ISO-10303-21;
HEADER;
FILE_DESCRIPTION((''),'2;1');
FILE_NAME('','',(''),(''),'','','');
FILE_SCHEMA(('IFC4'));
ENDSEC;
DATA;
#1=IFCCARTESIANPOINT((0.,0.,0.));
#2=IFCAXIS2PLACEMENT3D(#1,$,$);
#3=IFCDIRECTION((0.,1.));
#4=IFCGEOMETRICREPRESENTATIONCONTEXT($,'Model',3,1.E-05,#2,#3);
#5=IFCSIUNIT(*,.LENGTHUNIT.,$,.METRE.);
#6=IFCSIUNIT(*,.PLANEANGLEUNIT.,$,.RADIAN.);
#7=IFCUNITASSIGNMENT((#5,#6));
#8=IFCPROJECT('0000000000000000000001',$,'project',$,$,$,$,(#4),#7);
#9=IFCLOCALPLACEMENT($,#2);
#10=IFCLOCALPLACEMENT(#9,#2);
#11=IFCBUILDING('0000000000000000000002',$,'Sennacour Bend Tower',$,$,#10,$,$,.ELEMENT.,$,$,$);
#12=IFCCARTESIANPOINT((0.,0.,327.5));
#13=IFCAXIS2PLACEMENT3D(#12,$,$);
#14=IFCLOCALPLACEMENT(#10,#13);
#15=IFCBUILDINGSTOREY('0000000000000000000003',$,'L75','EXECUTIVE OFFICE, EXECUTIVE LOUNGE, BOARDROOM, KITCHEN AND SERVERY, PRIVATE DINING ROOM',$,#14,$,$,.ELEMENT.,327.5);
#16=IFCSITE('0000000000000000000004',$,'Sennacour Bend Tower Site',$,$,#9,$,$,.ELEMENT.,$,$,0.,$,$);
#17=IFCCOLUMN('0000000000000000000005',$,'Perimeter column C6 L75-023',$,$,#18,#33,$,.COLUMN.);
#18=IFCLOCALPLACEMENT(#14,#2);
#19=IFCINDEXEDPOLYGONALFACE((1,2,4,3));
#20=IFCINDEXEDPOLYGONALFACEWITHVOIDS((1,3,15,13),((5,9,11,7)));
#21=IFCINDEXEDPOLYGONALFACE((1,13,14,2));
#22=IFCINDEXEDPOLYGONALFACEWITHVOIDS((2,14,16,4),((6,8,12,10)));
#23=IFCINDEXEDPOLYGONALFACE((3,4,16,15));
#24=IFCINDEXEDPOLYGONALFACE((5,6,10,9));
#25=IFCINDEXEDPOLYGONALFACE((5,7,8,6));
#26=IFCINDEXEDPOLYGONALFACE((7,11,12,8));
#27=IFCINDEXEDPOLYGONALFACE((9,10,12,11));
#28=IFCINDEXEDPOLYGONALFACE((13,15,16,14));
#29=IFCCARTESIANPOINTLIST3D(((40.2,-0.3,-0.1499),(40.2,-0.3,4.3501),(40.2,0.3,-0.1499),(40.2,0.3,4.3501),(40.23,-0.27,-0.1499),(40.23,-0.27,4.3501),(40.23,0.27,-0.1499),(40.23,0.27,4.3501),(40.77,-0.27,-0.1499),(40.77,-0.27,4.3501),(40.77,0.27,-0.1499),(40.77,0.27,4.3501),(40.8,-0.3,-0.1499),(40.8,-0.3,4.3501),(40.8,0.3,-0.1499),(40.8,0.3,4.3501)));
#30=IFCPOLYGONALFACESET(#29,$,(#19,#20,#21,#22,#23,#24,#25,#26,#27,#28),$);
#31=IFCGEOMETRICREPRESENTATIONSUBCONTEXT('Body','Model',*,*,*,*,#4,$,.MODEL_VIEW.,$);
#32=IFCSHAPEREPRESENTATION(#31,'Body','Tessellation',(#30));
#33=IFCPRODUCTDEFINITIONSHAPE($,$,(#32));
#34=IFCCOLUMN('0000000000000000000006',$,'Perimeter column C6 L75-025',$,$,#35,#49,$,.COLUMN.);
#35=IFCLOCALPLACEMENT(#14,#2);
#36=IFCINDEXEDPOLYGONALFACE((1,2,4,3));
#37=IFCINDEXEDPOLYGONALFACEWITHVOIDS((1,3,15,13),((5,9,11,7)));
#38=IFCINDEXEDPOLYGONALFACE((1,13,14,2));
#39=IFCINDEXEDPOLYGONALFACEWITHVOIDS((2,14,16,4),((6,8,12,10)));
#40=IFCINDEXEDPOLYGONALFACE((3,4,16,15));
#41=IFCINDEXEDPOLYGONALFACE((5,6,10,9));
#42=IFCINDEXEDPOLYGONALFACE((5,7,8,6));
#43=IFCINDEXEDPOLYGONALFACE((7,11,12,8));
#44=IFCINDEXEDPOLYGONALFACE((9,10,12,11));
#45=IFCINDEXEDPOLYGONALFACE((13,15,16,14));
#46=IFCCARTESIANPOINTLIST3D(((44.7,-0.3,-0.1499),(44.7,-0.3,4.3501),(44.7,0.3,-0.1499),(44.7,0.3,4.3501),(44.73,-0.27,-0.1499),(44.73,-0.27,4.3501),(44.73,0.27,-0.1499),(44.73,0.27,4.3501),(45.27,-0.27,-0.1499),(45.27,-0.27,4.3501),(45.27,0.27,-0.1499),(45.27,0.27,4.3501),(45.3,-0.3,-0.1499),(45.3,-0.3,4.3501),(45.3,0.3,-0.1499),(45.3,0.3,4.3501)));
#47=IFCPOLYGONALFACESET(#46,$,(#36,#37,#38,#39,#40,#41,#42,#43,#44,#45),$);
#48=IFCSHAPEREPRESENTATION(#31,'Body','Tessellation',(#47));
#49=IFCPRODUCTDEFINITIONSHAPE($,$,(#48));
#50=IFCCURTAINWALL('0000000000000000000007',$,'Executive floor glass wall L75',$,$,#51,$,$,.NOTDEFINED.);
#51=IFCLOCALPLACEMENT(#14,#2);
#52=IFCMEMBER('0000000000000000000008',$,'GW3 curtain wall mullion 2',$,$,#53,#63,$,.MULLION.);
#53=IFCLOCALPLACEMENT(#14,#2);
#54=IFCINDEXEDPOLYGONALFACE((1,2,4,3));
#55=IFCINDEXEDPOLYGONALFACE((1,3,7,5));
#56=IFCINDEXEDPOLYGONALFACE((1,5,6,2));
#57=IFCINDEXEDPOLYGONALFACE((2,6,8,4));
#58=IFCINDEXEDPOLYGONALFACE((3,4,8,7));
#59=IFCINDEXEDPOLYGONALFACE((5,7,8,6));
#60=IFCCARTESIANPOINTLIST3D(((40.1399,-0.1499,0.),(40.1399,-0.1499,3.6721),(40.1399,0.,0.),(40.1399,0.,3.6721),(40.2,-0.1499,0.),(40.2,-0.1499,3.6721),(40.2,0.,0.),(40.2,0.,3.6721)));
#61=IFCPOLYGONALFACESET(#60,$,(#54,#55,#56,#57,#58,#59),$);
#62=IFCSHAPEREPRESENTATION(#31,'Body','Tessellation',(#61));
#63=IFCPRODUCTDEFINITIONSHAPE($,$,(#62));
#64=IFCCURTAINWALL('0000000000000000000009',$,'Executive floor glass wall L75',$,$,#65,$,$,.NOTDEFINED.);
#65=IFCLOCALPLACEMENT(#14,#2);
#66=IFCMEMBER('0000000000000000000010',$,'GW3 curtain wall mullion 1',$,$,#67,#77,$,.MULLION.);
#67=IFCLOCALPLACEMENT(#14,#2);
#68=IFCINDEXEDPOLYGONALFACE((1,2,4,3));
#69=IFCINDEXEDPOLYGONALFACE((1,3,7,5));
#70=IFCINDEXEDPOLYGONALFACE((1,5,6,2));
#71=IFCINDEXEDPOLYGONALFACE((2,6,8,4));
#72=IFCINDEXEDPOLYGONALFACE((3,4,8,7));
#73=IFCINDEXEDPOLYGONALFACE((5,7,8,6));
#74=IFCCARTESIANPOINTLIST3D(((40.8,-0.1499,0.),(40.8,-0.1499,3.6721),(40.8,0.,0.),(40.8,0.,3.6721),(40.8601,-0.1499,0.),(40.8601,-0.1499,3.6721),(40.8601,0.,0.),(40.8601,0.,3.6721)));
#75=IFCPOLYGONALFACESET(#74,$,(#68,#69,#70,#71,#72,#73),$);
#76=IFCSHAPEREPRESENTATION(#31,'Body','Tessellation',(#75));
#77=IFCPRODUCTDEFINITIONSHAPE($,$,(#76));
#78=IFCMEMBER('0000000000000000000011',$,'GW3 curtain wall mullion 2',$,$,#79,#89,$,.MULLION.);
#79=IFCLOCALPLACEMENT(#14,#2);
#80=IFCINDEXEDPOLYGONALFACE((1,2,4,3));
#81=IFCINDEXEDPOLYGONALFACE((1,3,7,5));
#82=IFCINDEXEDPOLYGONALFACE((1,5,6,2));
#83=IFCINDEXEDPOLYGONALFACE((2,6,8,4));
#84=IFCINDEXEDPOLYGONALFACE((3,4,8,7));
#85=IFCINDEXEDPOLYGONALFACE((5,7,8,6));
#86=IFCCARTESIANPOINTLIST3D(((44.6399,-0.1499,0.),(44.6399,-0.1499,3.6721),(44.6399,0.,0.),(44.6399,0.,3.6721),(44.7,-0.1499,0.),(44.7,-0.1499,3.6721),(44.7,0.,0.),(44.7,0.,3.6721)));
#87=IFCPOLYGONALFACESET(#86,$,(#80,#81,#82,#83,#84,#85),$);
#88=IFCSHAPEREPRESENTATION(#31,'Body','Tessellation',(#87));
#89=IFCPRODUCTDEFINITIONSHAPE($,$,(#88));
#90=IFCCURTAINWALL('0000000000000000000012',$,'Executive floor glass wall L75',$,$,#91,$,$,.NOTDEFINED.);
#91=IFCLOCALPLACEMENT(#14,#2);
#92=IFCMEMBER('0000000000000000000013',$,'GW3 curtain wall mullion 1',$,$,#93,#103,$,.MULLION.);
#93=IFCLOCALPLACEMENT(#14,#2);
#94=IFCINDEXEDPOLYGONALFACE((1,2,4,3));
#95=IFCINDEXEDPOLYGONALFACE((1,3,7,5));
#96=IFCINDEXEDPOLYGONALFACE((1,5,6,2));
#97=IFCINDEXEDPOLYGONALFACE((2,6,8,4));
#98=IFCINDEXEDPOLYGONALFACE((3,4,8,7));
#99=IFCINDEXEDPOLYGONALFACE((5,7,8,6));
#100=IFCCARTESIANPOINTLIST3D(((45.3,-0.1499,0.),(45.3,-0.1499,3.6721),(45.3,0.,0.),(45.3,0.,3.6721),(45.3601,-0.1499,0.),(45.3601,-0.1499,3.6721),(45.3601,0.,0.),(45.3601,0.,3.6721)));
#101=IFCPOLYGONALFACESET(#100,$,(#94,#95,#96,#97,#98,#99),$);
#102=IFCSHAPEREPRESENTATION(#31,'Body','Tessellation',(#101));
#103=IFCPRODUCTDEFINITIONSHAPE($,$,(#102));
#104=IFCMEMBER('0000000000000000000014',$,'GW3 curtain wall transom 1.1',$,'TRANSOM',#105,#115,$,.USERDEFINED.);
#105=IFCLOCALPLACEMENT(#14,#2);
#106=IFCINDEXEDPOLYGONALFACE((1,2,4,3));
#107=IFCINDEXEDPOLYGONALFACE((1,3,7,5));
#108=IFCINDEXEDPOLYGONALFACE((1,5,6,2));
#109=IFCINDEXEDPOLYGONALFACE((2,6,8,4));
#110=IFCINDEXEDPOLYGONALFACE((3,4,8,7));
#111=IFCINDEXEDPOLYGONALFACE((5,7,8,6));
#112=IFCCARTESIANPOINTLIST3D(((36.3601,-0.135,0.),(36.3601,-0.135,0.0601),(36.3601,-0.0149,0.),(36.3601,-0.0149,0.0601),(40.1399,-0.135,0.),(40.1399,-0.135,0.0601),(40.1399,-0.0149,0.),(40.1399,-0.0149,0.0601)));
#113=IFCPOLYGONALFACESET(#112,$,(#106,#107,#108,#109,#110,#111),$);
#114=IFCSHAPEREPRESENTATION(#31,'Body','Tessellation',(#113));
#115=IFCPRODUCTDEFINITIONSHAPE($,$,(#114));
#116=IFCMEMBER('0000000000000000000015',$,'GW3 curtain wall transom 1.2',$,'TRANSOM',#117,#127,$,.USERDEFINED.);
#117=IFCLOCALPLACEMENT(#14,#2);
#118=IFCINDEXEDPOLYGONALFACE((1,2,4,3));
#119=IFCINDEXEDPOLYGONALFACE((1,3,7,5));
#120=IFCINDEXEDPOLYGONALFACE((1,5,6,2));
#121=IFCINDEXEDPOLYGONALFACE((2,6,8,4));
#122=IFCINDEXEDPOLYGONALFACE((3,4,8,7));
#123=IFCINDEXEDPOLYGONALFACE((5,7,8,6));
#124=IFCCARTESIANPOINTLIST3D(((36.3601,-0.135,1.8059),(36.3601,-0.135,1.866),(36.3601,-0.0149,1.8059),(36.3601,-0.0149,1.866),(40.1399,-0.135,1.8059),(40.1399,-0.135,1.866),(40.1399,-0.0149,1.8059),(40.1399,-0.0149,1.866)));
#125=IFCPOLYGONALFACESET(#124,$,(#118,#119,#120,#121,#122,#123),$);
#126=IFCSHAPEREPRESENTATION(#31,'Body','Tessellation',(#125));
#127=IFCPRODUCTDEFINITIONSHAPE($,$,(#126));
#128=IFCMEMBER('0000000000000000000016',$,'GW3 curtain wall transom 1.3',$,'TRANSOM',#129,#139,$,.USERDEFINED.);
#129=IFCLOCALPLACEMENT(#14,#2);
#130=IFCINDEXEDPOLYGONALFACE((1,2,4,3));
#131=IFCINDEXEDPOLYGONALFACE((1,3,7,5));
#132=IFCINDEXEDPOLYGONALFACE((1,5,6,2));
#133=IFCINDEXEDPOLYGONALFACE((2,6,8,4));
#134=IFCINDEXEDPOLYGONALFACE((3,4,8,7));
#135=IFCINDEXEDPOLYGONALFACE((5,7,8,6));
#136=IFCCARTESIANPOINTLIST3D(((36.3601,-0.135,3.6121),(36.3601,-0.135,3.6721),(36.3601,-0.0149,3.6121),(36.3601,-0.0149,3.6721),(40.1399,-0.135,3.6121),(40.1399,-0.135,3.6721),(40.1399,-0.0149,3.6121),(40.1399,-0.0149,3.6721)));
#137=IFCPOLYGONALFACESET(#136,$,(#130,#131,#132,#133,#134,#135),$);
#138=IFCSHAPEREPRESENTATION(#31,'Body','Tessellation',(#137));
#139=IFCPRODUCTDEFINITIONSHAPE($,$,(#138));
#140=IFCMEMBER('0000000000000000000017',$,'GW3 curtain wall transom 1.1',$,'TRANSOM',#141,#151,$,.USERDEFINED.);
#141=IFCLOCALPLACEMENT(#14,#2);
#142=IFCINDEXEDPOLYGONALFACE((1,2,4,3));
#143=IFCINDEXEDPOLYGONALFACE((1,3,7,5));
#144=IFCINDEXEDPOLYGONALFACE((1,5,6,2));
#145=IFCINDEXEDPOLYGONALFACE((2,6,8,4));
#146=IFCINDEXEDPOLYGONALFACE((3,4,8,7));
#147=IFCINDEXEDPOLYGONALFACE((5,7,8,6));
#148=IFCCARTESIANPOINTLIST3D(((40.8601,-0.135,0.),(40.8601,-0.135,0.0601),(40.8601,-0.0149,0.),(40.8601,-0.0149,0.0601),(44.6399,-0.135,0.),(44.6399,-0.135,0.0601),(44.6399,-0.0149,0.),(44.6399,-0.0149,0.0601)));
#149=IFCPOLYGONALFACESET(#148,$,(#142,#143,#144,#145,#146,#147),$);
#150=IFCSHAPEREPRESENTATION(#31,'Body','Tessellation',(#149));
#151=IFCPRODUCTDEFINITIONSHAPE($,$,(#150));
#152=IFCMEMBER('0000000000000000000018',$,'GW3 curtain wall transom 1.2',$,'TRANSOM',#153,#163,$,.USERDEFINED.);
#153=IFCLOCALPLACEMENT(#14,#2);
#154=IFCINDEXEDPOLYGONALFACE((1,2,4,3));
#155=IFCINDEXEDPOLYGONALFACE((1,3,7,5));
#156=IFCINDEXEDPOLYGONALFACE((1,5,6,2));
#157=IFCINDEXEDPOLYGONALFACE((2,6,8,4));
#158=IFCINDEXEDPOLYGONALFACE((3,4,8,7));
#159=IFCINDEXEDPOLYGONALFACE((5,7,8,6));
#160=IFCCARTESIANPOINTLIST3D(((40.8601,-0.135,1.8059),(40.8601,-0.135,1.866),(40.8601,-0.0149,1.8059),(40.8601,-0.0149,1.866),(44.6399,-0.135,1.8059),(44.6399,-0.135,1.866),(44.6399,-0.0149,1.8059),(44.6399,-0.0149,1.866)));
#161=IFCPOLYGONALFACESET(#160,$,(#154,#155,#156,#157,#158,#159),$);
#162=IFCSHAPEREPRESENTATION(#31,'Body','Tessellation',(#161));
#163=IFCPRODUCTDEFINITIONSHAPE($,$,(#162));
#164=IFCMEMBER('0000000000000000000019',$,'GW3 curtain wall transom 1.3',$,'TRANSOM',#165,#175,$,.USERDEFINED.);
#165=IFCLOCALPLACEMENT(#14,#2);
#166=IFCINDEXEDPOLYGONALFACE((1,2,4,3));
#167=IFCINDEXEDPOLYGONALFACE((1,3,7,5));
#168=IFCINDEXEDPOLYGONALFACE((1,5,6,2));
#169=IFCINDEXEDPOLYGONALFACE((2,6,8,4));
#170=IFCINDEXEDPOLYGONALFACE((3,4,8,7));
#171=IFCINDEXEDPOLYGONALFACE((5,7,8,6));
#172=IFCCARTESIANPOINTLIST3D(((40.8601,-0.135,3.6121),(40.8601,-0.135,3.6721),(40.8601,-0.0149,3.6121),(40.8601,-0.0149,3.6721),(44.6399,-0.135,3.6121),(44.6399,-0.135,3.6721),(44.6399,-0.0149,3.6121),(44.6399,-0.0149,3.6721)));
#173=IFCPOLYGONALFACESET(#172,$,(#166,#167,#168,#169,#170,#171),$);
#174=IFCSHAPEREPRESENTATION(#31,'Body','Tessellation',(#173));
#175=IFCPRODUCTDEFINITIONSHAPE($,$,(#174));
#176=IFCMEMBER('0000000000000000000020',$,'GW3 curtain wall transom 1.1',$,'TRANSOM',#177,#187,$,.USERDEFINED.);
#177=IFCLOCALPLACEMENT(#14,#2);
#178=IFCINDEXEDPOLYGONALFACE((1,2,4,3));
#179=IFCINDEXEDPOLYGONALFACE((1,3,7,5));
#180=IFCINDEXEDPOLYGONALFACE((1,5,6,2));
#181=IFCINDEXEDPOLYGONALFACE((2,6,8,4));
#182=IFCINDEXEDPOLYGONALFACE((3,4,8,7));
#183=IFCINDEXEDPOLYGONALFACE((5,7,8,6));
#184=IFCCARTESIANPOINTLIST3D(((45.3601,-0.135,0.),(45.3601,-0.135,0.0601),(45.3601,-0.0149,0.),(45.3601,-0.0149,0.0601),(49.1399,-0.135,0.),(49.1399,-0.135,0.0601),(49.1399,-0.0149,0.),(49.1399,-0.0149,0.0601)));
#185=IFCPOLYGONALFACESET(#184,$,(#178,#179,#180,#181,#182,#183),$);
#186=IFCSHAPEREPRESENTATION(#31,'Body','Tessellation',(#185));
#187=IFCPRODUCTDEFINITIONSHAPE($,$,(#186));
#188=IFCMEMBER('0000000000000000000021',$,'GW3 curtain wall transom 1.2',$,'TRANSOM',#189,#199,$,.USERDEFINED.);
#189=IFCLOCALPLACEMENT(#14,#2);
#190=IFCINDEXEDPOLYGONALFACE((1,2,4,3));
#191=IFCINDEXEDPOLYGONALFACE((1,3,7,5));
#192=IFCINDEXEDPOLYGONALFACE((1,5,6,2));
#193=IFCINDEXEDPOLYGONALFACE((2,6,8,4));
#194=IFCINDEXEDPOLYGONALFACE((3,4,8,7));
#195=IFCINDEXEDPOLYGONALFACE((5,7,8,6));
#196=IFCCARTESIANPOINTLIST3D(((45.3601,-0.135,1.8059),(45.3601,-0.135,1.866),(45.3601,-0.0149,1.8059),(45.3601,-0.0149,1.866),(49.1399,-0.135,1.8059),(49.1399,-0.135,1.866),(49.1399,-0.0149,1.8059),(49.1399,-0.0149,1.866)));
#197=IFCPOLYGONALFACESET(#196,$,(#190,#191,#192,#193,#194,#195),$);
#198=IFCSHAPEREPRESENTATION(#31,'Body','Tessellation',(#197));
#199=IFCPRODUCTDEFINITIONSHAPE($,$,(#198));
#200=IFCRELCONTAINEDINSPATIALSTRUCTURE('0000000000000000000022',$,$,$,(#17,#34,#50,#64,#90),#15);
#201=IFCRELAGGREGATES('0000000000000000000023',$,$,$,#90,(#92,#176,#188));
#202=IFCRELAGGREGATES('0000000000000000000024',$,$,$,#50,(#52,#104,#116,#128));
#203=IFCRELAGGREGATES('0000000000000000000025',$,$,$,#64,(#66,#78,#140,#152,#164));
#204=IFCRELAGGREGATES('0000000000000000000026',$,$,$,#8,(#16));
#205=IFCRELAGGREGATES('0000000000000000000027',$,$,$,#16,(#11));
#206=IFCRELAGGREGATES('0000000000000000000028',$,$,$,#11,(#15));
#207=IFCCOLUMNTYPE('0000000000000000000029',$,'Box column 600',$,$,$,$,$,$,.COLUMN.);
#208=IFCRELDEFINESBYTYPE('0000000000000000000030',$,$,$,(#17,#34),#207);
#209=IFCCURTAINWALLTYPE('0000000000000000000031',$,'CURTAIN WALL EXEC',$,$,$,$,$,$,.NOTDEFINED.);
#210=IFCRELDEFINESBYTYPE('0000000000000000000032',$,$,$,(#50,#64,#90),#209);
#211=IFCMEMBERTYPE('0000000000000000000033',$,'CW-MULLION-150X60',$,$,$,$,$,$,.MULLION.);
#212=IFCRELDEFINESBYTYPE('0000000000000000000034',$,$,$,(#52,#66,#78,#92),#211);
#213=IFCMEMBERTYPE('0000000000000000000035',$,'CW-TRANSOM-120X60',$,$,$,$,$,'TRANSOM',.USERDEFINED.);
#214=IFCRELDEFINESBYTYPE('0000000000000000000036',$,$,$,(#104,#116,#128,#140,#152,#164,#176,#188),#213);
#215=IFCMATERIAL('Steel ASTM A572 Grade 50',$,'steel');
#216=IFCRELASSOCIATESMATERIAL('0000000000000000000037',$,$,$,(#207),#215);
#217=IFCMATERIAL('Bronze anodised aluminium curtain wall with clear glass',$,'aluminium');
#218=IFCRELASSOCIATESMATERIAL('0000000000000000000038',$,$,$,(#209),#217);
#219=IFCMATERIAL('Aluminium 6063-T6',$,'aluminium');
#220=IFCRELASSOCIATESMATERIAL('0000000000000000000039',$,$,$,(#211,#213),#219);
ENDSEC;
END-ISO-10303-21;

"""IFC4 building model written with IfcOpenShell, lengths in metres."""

from ifc_helpers import new_model, si_unit, direction, frame, origin, origin_2d, place, context, subcontext, project, spatial, rectangle, hollow_rectangle, extrude, material, material_profile, profile_set, type_object, element, aggregate, save


model = new_model("IFC4")

# Units and contexts
model_context = context("Model", 3, precision=1e-05, world=origin(), true_north=direction((0.0, 1.0)))
body_context = subcontext(model_context, "Body", "Model", "MODEL_VIEW")
ifc_project = project(units=[si_unit("LENGTHUNIT", "METRE"), si_unit("PLANEANGLEUNIT", "RADIAN")], contexts=[model_context])

# Site, building, storey
site_placement = place(None, origin())
site = spatial("IfcSite", under=ifc_project, at=site_placement, Name="Sennacour Bend Tower Site", CompositionType="ELEMENT", RefElevation=0.0)
building_placement = place(site_placement, origin())
building = spatial("IfcBuilding", under=site, at=building_placement, Name="Sennacour Bend Tower", CompositionType="ELEMENT")
storey_placement = place(building_placement, frame((0.0, 0.0, 327.5)))
storey = spatial("IfcBuildingStorey", under=building, at=storey_placement, Name="L75", Description="EXECUTIVE OFFICE, EXECUTIVE LOUNGE, BOARDROOM, KITCHEN AND SERVERY, PRIVATE DINING ROOM", CompositionType="ELEMENT", Elevation=327.5)

# Columns
ifc_material_1 = material(Name="Steel ASTM A572 Grade 50", Category="steel")
ifc_material_profile_1 = material_profile(ifc_material_1, hollow_rectangle(XDim=0.6001, YDim=0.6001, WallThickness=0.03, at=origin_2d()), Name="Steel ASTM A572 Grade 50", Category="steel")
ifc_profile_set_1 = profile_set([ifc_material_profile_1], Name="Steel ASTM A572 Grade 50")
column_type = type_object("IfcColumnType", Name="Box column 600", PredefinedType="COLUMN", material=ifc_profile_set_1)
for number, where, z_axis, x_axis, name in (
    (1, (40.5, 0.0, -0.1499), (0.0, 0.0, 1.0), (1.0, 0.0, 0.0), "Perimeter column C6 L75-023"),
    (2, (45.0, 0.0, -0.1499), (0.0, 0.0, 1.0), (1.0, 0.0, 0.0), "Perimeter column C6 L75-025"),
):
    element("IfcColumn", number, at=place(storey_placement, frame(where, z_axis=z_axis, x_axis=x_axis)), inside=storey, type_object=column_type, Name=name, PredefinedType="COLUMN", context=body_context, shape_type="SweptSolid", body=[
        extrude(hollow_rectangle(XDim=0.6001, YDim=0.6001, WallThickness=0.03, at=origin_2d()), origin(), (0.0, 0.0, 1.0), 4.5),
    ])

# Curtain wall, member
ifc_material_2 = material(Name="Bronze anodised aluminium curtain wall with clear glass", Category="aluminium")
curtain_wall_type = type_object("IfcCurtainWallType", Name="CURTAIN WALL EXEC", PredefinedType="NOTDEFINED", material=ifc_material_2)
curtain_wall_1_placement = place(storey_placement, origin())
curtain_wall_1 = element("IfcCurtainWall", 3, at=curtain_wall_1_placement, inside=storey, type_object=curtain_wall_type, Name="Executive floor glass wall L75", PredefinedType="NOTDEFINED")
ifc_material_3 = material(Name="Aluminium 6063-T6", Category="aluminium")
ifc_material_profile_2 = material_profile(ifc_material_3, rectangle(XDim=0.1499, YDim=0.0601, at=origin_2d()), Name="Aluminium 6063-T6", Category="aluminium")
ifc_profile_set_2 = profile_set([ifc_material_profile_2], Name="Aluminium 6063-T6")
member_type_1 = type_object("IfcMemberType", Name="CW-MULLION-150X60", PredefinedType="MULLION", material=ifc_profile_set_2)
member_1_placement = place(storey_placement, frame((40.1699, -0.075, 0.0), z_axis=(0.0, 0.0, 1.0), x_axis=(0.0, 1.0, 0.0)))
member_1 = element("IfcMember", 4, at=member_1_placement, type_object=member_type_1, Name="GW3 curtain wall mullion 2", PredefinedType="MULLION", context=body_context, shape_type="SweptSolid", body=[
    extrude(rectangle(XDim=0.1499, YDim=0.0601, at=origin_2d()), origin(), (0.0, 0.0, 1.0), 3.6721),
])

# Curtain wall, members
curtain_wall_2_placement = place(storey_placement, origin())
curtain_wall_2 = element("IfcCurtainWall", 5, at=curtain_wall_2_placement, inside=storey, type_object=curtain_wall_type, Name="Executive floor glass wall L75", PredefinedType="NOTDEFINED")
member_2_placement = place(storey_placement, frame((40.8301, -0.075, 0.0), z_axis=(0.0, 0.0, 1.0), x_axis=(0.0, 1.0, 0.0)))
member_2 = element("IfcMember", 6, at=member_2_placement, type_object=member_type_1, Name="GW3 curtain wall mullion 1", PredefinedType="MULLION", context=body_context, shape_type="SweptSolid", body=[
    extrude(rectangle(XDim=0.1499, YDim=0.0601, at=origin_2d()), origin(), (0.0, 0.0, 1.0), 3.6721),
])
member_3_placement = place(storey_placement, frame((44.6699, -0.075, 0.0), z_axis=(0.0, 0.0, 1.0), x_axis=(0.0, 1.0, 0.0)))
member_3 = element("IfcMember", 7, at=member_3_placement, type_object=member_type_1, Name="GW3 curtain wall mullion 2", PredefinedType="MULLION", context=body_context, shape_type="SweptSolid", body=[
    extrude(rectangle(XDim=0.1499, YDim=0.0601, at=origin_2d()), origin(), (0.0, 0.0, 1.0), 3.6721),
])

# Curtain wall, member
curtain_wall_3_placement = place(storey_placement, origin())
curtain_wall_3 = element("IfcCurtainWall", 8, at=curtain_wall_3_placement, inside=storey, type_object=curtain_wall_type, Name="Executive floor glass wall L75", PredefinedType="NOTDEFINED")
member_4_placement = place(storey_placement, frame((45.3301, -0.075, 0.0), z_axis=(0.0, 0.0, 1.0), x_axis=(0.0, 1.0, 0.0)))
member_4 = element("IfcMember", 9, at=member_4_placement, type_object=member_type_1, Name="GW3 curtain wall mullion 1", PredefinedType="MULLION", context=body_context, shape_type="SweptSolid", body=[
    extrude(rectangle(XDim=0.1499, YDim=0.0601, at=origin_2d()), origin(), (0.0, 0.0, 1.0), 3.6721),
])

# Members
ifc_material_profile_3 = material_profile(ifc_material_3, rectangle(XDim=0.1201, YDim=0.0601, at=origin_2d()), Name="Aluminium 6063-T6", Category="aluminium")
ifc_profile_set_3 = profile_set([ifc_material_profile_3], Name="Aluminium 6063-T6")
member_type_2 = type_object("IfcMemberType", Name="CW-TRANSOM-120X60", ElementType="TRANSOM", PredefinedType="USERDEFINED", material=ifc_profile_set_3)
member_5_placement = place(storey_placement, frame((36.3601, -0.075, 0.03), z_axis=(1.0, 0.0, 0.0), x_axis=(0.0, 1.0, 0.0)))
member_5 = element("IfcMember", 10, at=member_5_placement, type_object=member_type_2, Name="GW3 curtain wall transom 1.1", ObjectType="TRANSOM", PredefinedType="USERDEFINED", context=body_context, shape_type="SweptSolid", body=[
    extrude(rectangle(XDim=0.1201, YDim=0.0601, at=origin_2d()), origin(), (0.0, 0.0, 1.0), 3.7798),
])
member_6_placement = place(storey_placement, frame((36.3601, -0.075, 1.8359), z_axis=(1.0, 0.0, 0.0), x_axis=(0.0, 1.0, 0.0)))
member_6 = element("IfcMember", 11, at=member_6_placement, type_object=member_type_2, Name="GW3 curtain wall transom 1.2", ObjectType="TRANSOM", PredefinedType="USERDEFINED", context=body_context, shape_type="SweptSolid", body=[
    extrude(rectangle(XDim=0.1201, YDim=0.0601, at=origin_2d()), origin(), (0.0, 0.0, 1.0), 3.7798),
])
member_7_placement = place(storey_placement, frame((36.3601, -0.075, 3.6421), z_axis=(1.0, 0.0, 0.0), x_axis=(0.0, 1.0, 0.0)))
member_7 = element("IfcMember", 12, at=member_7_placement, type_object=member_type_2, Name="GW3 curtain wall transom 1.3", ObjectType="TRANSOM", PredefinedType="USERDEFINED", context=body_context, shape_type="SweptSolid", body=[
    extrude(rectangle(XDim=0.1201, YDim=0.0601, at=origin_2d()), origin(), (0.0, 0.0, 1.0), 3.7798),
])
member_8_placement = place(storey_placement, frame((40.8601, -0.075, 0.03), z_axis=(1.0, 0.0, 0.0), x_axis=(0.0, 1.0, 0.0)))
member_8 = element("IfcMember", 13, at=member_8_placement, type_object=member_type_2, Name="GW3 curtain wall transom 1.1", ObjectType="TRANSOM", PredefinedType="USERDEFINED", context=body_context, shape_type="SweptSolid", body=[
    extrude(rectangle(XDim=0.1201, YDim=0.0601, at=origin_2d()), origin(), (0.0, 0.0, 1.0), 3.7798),
])
member_9_placement = place(storey_placement, frame((40.8601, -0.075, 1.8359), z_axis=(1.0, 0.0, 0.0), x_axis=(0.0, 1.0, 0.0)))
member_9 = element("IfcMember", 14, at=member_9_placement, type_object=member_type_2, Name="GW3 curtain wall transom 1.2", ObjectType="TRANSOM", PredefinedType="USERDEFINED", context=body_context, shape_type="SweptSolid", body=[
    extrude(rectangle(XDim=0.1201, YDim=0.0601, at=origin_2d()), origin(), (0.0, 0.0, 1.0), 3.7798),
])
member_10_placement = place(storey_placement, frame((40.8601, -0.075, 3.6421), z_axis=(1.0, 0.0, 0.0), x_axis=(0.0, 1.0, 0.0)))
member_10 = element("IfcMember", 15, at=member_10_placement, type_object=member_type_2, Name="GW3 curtain wall transom 1.3", ObjectType="TRANSOM", PredefinedType="USERDEFINED", context=body_context, shape_type="SweptSolid", body=[
    extrude(rectangle(XDim=0.1201, YDim=0.0601, at=origin_2d()), origin(), (0.0, 0.0, 1.0), 3.7798),
])
member_11_placement = place(storey_placement, frame((45.3601, -0.075, 0.03), z_axis=(1.0, 0.0, 0.0), x_axis=(0.0, 1.0, 0.0)))
member_11 = element("IfcMember", 16, at=member_11_placement, type_object=member_type_2, Name="GW3 curtain wall transom 1.1", ObjectType="TRANSOM", PredefinedType="USERDEFINED", context=body_context, shape_type="SweptSolid", body=[
    extrude(rectangle(XDim=0.1201, YDim=0.0601, at=origin_2d()), origin(), (0.0, 0.0, 1.0), 3.7798),
])
member_12_placement = place(storey_placement, frame((45.3601, -0.075, 1.8359), z_axis=(1.0, 0.0, 0.0), x_axis=(0.0, 1.0, 0.0)))
member_12 = element("IfcMember", 17, at=member_12_placement, type_object=member_type_2, Name="GW3 curtain wall transom 1.2", ObjectType="TRANSOM", PredefinedType="USERDEFINED", context=body_context, shape_type="SweptSolid", body=[
    extrude(rectangle(XDim=0.1201, YDim=0.0601, at=origin_2d()), origin(), (0.0, 0.0, 1.0), 3.7798),
])
aggregate(curtain_wall_3, [member_4, member_11, member_12])

aggregate(curtain_wall_1, [member_1, member_5, member_6, member_7])
aggregate(curtain_wall_2, [member_2, member_3, member_8, member_9, member_10])

save(model, "model.ifc")
